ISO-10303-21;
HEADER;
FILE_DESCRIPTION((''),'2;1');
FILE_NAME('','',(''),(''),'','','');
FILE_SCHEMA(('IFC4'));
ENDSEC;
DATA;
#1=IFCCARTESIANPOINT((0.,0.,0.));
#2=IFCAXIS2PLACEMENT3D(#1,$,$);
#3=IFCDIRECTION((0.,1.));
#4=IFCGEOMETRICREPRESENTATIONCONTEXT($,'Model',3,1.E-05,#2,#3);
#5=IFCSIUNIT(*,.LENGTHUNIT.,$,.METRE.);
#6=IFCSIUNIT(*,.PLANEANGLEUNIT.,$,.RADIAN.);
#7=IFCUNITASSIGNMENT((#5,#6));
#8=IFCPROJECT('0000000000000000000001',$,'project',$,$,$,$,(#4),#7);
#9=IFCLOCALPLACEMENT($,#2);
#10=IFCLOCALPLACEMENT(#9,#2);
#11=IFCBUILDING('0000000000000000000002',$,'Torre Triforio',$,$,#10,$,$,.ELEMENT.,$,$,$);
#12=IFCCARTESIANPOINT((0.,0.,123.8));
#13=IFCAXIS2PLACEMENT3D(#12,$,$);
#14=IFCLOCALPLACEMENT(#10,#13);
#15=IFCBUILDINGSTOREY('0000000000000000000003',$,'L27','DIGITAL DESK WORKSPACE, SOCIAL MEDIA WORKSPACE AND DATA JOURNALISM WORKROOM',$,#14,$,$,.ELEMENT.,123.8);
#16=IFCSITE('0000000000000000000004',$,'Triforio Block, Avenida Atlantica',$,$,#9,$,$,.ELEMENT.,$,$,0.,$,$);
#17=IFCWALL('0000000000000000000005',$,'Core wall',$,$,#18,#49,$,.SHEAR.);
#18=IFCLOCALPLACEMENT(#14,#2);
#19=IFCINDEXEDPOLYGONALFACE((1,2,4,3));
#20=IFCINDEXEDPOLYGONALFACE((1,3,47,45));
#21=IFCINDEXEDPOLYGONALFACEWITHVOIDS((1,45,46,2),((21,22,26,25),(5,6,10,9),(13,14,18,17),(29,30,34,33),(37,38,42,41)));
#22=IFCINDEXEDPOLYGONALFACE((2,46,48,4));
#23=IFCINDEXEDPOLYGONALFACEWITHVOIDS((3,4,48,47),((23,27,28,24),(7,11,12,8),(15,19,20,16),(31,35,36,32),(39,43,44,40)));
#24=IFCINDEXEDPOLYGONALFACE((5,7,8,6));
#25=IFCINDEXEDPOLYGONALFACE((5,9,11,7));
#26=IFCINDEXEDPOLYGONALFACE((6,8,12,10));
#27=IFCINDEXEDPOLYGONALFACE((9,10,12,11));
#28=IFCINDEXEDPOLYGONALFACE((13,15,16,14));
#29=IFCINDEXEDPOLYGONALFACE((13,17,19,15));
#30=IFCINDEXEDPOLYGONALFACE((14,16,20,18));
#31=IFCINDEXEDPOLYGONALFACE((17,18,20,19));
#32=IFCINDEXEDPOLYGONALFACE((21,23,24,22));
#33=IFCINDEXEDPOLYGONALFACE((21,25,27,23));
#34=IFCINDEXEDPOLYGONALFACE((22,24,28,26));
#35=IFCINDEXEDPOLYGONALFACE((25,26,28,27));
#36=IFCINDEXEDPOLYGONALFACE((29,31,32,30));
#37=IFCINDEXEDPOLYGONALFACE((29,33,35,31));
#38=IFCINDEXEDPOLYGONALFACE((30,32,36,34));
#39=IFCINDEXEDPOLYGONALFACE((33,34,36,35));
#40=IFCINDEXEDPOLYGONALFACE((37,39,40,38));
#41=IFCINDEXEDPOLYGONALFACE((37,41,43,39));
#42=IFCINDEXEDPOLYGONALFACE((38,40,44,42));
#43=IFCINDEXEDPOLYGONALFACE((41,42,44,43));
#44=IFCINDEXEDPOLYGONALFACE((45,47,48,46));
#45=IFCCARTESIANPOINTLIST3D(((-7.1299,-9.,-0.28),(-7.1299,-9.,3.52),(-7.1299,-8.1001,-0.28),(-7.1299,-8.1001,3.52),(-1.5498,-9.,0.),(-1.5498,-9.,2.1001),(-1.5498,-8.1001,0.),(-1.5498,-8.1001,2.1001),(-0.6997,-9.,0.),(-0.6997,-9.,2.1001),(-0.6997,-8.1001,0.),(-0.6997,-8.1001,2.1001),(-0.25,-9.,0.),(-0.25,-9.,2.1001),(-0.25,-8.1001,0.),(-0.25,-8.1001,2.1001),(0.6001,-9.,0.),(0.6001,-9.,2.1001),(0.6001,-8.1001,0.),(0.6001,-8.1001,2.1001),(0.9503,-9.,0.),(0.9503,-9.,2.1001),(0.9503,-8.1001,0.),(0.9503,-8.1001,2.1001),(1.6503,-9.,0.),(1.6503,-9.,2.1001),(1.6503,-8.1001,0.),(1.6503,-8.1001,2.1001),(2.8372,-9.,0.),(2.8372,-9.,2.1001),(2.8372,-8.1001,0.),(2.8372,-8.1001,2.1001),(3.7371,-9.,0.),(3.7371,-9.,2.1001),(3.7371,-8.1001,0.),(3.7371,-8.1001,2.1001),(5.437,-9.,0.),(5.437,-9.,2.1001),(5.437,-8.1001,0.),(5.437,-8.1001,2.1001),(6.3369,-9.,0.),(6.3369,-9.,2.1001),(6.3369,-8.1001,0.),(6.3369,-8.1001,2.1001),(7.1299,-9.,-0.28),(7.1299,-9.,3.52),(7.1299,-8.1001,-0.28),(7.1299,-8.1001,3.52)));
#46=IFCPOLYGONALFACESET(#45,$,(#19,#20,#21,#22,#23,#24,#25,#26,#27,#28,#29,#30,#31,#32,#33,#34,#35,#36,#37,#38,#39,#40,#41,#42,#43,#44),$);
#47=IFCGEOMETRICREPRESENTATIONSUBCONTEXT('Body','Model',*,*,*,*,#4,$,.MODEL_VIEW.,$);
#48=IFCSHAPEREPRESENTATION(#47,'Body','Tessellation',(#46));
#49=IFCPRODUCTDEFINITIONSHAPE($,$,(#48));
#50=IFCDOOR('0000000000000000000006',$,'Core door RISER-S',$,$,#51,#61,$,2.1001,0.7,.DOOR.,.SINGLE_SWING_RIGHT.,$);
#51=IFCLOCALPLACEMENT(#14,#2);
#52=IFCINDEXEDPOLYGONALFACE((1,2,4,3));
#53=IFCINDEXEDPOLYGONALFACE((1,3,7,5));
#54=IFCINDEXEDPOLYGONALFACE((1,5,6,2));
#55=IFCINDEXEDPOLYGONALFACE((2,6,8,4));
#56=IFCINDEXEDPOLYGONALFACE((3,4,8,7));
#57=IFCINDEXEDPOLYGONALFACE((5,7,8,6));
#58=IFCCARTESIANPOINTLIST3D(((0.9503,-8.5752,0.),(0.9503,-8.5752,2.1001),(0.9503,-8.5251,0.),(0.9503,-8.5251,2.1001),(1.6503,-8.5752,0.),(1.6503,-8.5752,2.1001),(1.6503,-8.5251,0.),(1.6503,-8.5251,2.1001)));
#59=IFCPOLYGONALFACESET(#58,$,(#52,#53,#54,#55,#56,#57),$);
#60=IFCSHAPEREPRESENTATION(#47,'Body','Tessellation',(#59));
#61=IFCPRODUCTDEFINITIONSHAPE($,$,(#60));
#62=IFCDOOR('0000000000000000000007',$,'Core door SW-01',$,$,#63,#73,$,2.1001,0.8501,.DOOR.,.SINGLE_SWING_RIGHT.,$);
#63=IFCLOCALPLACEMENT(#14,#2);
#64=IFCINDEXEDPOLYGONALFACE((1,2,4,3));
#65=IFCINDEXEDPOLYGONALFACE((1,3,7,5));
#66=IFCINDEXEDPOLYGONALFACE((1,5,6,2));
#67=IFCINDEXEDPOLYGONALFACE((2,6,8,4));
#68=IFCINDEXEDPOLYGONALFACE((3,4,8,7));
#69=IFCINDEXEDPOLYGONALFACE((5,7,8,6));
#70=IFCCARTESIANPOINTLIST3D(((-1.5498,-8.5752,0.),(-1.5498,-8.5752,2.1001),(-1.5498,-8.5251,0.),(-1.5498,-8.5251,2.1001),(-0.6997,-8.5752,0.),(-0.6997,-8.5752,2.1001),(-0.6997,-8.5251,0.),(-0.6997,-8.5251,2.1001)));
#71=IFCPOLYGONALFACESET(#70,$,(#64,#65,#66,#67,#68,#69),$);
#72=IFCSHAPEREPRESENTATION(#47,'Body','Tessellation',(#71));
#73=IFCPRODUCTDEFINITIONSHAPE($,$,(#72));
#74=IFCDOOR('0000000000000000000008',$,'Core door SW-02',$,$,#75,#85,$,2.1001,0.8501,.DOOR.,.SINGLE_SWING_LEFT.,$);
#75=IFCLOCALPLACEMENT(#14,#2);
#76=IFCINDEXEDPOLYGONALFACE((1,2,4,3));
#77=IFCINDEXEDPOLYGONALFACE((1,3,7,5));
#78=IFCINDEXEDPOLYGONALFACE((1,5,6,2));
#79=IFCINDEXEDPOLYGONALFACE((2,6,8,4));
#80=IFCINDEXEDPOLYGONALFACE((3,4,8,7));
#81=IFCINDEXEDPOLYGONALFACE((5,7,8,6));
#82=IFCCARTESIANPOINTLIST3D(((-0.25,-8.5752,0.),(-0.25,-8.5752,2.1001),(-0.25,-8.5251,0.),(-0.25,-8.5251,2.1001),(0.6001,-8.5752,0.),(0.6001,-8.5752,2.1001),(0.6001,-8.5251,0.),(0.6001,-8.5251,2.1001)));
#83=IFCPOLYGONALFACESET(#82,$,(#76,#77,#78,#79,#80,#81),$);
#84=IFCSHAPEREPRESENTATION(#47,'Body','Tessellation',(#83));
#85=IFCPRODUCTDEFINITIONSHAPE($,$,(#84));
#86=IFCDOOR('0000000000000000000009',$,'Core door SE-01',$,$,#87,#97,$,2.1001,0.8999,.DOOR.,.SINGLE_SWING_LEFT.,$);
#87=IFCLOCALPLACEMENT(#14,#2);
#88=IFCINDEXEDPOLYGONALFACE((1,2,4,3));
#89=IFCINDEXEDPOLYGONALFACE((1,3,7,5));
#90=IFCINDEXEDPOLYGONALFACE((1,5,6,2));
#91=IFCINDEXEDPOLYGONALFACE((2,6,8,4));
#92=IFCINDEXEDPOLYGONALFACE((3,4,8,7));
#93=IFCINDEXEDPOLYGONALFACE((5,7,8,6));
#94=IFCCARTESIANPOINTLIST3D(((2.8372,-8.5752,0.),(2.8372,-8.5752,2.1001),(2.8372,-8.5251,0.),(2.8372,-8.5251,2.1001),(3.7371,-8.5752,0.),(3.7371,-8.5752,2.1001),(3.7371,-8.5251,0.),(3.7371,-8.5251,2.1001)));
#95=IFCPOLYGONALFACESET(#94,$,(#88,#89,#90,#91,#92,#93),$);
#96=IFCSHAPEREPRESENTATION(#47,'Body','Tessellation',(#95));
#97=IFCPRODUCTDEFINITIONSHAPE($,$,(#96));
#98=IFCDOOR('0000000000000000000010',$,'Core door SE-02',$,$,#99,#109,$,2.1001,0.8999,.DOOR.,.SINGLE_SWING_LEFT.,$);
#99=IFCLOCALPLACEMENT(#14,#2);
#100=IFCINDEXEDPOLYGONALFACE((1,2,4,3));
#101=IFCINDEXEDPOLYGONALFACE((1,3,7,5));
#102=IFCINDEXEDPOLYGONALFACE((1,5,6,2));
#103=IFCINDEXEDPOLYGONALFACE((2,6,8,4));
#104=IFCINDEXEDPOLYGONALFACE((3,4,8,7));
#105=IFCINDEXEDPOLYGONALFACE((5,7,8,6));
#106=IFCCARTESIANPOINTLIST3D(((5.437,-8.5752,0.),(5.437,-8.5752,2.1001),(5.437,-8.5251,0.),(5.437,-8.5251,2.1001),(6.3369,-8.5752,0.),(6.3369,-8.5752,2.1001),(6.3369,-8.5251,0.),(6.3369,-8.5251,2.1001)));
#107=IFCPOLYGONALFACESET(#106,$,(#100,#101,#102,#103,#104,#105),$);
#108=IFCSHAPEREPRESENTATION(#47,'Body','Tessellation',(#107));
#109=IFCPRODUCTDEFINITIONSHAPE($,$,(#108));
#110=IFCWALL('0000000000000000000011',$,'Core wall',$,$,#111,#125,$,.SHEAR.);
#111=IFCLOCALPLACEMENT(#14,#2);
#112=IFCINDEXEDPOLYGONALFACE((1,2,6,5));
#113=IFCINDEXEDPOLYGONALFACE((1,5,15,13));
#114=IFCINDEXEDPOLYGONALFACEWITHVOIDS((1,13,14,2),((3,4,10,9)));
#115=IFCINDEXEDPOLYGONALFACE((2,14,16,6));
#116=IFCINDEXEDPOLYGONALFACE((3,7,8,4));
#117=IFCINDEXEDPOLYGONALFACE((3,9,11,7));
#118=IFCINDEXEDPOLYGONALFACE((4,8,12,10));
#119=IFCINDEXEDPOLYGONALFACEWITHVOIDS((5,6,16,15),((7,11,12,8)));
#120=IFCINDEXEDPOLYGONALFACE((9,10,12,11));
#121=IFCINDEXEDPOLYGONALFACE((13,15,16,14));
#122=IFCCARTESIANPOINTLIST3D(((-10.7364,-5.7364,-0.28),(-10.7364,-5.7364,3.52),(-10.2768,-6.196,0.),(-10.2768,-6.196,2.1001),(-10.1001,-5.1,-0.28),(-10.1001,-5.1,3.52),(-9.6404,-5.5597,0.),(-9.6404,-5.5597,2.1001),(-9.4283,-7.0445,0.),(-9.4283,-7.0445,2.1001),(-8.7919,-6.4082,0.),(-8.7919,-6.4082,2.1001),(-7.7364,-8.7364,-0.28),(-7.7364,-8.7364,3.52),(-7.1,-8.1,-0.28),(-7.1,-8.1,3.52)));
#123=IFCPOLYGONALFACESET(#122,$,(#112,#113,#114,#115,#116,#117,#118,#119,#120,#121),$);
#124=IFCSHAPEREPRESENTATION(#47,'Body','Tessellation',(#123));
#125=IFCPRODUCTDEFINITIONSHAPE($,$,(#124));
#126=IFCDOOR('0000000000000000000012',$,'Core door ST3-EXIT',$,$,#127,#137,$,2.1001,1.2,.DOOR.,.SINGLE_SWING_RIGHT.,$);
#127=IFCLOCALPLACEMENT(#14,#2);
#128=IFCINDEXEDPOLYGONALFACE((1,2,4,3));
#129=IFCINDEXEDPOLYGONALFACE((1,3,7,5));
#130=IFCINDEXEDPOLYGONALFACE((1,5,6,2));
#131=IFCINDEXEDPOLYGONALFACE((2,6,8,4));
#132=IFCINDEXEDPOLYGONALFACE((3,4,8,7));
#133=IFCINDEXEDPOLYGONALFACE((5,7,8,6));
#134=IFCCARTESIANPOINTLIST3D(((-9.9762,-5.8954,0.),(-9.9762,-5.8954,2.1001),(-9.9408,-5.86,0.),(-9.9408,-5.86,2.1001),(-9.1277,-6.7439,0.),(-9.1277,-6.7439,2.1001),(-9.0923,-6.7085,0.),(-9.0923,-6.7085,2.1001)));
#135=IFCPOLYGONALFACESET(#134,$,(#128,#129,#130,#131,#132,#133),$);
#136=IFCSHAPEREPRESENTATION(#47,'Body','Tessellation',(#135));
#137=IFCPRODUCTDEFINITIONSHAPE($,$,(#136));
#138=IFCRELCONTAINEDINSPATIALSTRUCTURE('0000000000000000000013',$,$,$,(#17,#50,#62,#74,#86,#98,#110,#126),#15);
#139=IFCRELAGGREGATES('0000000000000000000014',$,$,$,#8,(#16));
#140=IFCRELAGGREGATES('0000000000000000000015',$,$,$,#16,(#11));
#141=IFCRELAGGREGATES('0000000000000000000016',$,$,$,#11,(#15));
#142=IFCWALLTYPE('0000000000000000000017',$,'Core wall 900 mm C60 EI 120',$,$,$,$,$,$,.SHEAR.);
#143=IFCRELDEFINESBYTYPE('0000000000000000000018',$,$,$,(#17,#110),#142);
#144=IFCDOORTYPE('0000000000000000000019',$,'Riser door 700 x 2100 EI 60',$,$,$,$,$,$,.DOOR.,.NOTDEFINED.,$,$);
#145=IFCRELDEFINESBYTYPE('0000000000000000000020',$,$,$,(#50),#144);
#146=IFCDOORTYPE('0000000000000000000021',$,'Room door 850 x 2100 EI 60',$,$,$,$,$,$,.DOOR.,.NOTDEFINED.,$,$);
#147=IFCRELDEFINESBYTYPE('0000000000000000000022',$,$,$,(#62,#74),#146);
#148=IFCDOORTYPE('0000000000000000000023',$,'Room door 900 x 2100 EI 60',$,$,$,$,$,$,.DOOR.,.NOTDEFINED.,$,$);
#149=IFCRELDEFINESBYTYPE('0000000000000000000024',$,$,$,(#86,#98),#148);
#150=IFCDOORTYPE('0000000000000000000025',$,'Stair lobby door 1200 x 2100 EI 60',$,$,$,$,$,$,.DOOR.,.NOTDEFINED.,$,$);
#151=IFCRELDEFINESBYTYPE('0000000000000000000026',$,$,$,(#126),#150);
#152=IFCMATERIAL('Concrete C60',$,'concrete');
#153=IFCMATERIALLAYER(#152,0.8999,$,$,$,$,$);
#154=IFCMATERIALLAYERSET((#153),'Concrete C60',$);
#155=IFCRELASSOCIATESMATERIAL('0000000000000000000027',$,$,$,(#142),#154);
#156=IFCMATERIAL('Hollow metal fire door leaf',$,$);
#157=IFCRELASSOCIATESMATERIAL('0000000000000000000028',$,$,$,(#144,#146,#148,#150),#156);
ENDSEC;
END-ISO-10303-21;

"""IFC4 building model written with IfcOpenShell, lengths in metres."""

from ifc_helpers import new_model, si_unit, direction, frame, frame_2d, origin, place, context, subcontext, project, spatial, rectangle, extrude, material, layer, layer_set, type_object, element, fill, save


model = new_model("IFC4")

# Units and contexts
model_context = context("Model", 3, precision=1e-05, world=origin(), true_north=direction((0.0, 1.0)))
body_context = subcontext(model_context, "Body", "Model", "MODEL_VIEW")
ifc_project = project(units=[si_unit("LENGTHUNIT", "METRE"), si_unit("PLANEANGLEUNIT", "RADIAN")], contexts=[model_context])

# Site, building, storey
site_placement = place(None, origin())
site = spatial("IfcSite", under=ifc_project, at=site_placement, Name="Triforio Block, Avenida Atlantica", CompositionType="ELEMENT", RefElevation=0.0)
building_placement = place(site_placement, origin())
building = spatial("IfcBuilding", under=site, at=building_placement, Name="Torre Triforio", CompositionType="ELEMENT")
storey_placement = place(building_placement, frame((0.0, 0.0, 123.8)))
storey = spatial("IfcBuildingStorey", under=building, at=storey_placement, Name="L27", Description="DIGITAL DESK WORKSPACE, SOCIAL MEDIA WORKSPACE AND DATA JOURNALISM WORKROOM", CompositionType="ELEMENT", Elevation=123.8)

# Shared definitions
ifc_material_1 = material(Name="Concrete C60", Category="concrete")

# Wall, openings, doors
ifc_layer_1 = layer(ifc_material_1, 0.8999)
ifc_layer_set_1 = layer_set([ifc_layer_1], Name="Concrete C60")
wall_type_1 = type_object("IfcWallType", Name="Core wall 900 mm C60 EI 120", PredefinedType="SHEAR", material=ifc_layer_set_1)
wall_1_placement = place(storey_placement, frame((-7.1299, -8.55, -0.28), z_axis=(0.0, 0.0, 1.0), x_axis=(1.0, 0.0, 0.0)))
wall_1 = element("IfcWall", 1, at=wall_1_placement, inside=storey, type_object=wall_type_1, Name="Core wall", PredefinedType="SHEAR", context=body_context, shape_type="SweptSolid", body=[
    extrude(rectangle(XDim=14.2598, YDim=0.8999, at=frame_2d((7.1299, 0.0))), origin(), (0.0, 0.0, 1.0), 3.8),
])
opening_1_placement = place(wall_1_placement, frame((8.0801, 0.0, 0.28)))
opening_1 = element("IfcOpeningElement", 2, at=opening_1_placement, cuts=wall_1, PredefinedType="OPENING", context=body_context, shape_type="SweptSolid", body=[
    extrude(rectangle(XDim=0.7, YDim=2.1001, at=frame_2d((0.3501, 1.05))), frame((0.0, 0.46, 0.0), z_axis=(0.0, -1.0, 0.0), x_axis=(1.0, 0.0, 0.0)), (0.0, 0.0, 1.0), 0.9199),
])
opening_2_placement = place(wall_1_placement, frame((5.5801, 0.0, 0.28)))
opening_2 = element("IfcOpeningElement", 3, at=opening_2_placement, cuts=wall_1, PredefinedType="OPENING", context=body_context, shape_type="SweptSolid", body=[
    extrude(rectangle(XDim=0.8501, YDim=2.1001, at=frame_2d((0.425, 1.05))), frame((0.0, 0.46, 0.0), z_axis=(0.0, -1.0, 0.0), x_axis=(1.0, 0.0, 0.0)), (0.0, 0.0, 1.0), 0.9199),
])
opening_3_placement = place(wall_1_placement, frame((6.8799, 0.0, 0.28)))
opening_3 = element("IfcOpeningElement", 4, at=opening_3_placement, cuts=wall_1, PredefinedType="OPENING", context=body_context, shape_type="SweptSolid", body=[
    extrude(rectangle(XDim=0.8501, YDim=2.1001, at=frame_2d((0.425, 1.05))), frame((0.0, 0.46, 0.0), z_axis=(0.0, -1.0, 0.0), x_axis=(1.0, 0.0, 0.0)), (0.0, 0.0, 1.0), 0.9199),
])
opening_4_placement = place(wall_1_placement, frame((9.967, 0.0, 0.28)))
opening_4 = element("IfcOpeningElement", 5, at=opening_4_placement, cuts=wall_1, PredefinedType="OPENING", context=body_context, shape_type="SweptSolid", body=[
    extrude(rectangle(XDim=0.8999, YDim=2.1001, at=frame_2d((0.45, 1.05))), frame((0.0, 0.46, 0.0), z_axis=(0.0, -1.0, 0.0), x_axis=(1.0, 0.0, 0.0)), (0.0, 0.0, 1.0), 0.9199),
])
opening_5_placement = place(wall_1_placement, frame((12.5669, 0.0, 0.28)))
opening_5 = element("IfcOpeningElement", 6, at=opening_5_placement, cuts=wall_1, PredefinedType="OPENING", context=body_context, shape_type="SweptSolid", body=[
    extrude(rectangle(XDim=0.8999, YDim=2.1001, at=frame_2d((0.45, 1.05))), frame((0.0, 0.46, 0.0), z_axis=(0.0, -1.0, 0.0), x_axis=(1.0, 0.0, 0.0)), (0.0, 0.0, 1.0), 0.9199),
])
ifc_material_2 = material(Name="Hollow metal fire door leaf")
door_type_1 = type_object("IfcDoorType", Name="Riser door 700 x 2100 EI 60", OperationType="NOTDEFINED", PredefinedType="DOOR", material=ifc_material_2)
door_1_placement = place(opening_1_placement, origin())
door_1 = element("IfcDoor", 7, at=door_1_placement, inside=storey, type_object=door_type_1, Name="Core door RISER-S", OperationType="SINGLE_SWING_RIGHT", OverallHeight=2.1001, OverallWidth=0.7, PredefinedType="DOOR", context=body_context, shape_type="SweptSolid", body=[
    extrude(rectangle(XDim=0.7, YDim=2.1001, at=frame_2d((0.3501, 1.05))), frame((0.0, 0.0249, 0.0), z_axis=(0.0, -1.0, 0.0), x_axis=(1.0, 0.0, 0.0)), (0.0, 0.0, 1.0), 0.05),
])
fill(opening_1, door_1)
door_type_2 = type_object("IfcDoorType", Name="Room door 850 x 2100 EI 60", OperationType="NOTDEFINED", PredefinedType="DOOR", material=ifc_material_2)
door_2_placement = place(opening_2_placement, origin())
door_2 = element("IfcDoor", 8, at=door_2_placement, inside=storey, type_object=door_type_2, Name="Core door SW-01", OperationType="SINGLE_SWING_RIGHT", OverallHeight=2.1001, OverallWidth=0.8501, PredefinedType="DOOR", context=body_context, shape_type="SweptSolid", body=[
    extrude(rectangle(XDim=0.8501, YDim=2.1001, at=frame_2d((0.425, 1.05))), frame((0.0, 0.0249, 0.0), z_axis=(0.0, -1.0, 0.0), x_axis=(1.0, 0.0, 0.0)), (0.0, 0.0, 1.0), 0.05),
])
fill(opening_2, door_2)
door_3_placement = place(opening_3_placement, origin())
door_3 = element("IfcDoor", 9, at=door_3_placement, inside=storey, type_object=door_type_2, Name="Core door SW-02", OperationType="SINGLE_SWING_LEFT", OverallHeight=2.1001, OverallWidth=0.8501, PredefinedType="DOOR", context=body_context, shape_type="SweptSolid", body=[
    extrude(rectangle(XDim=0.8501, YDim=2.1001, at=frame_2d((0.425, 1.05))), frame((0.0, 0.0249, 0.0), z_axis=(0.0, -1.0, 0.0), x_axis=(1.0, 0.0, 0.0)), (0.0, 0.0, 1.0), 0.05),
])
fill(opening_3, door_3)
door_type_3 = type_object("IfcDoorType", Name="Room door 900 x 2100 EI 60", OperationType="NOTDEFINED", PredefinedType="DOOR", material=ifc_material_2)
door_4_placement = place(opening_4_placement, origin())
door_4 = element("IfcDoor", 10, at=door_4_placement, inside=storey, type_object=door_type_3, Name="Core door SE-01", OperationType="SINGLE_SWING_LEFT", OverallHeight=2.1001, OverallWidth=0.8999, PredefinedType="DOOR", context=body_context, shape_type="SweptSolid", body=[
    extrude(rectangle(XDim=0.8999, YDim=2.1001, at=frame_2d((0.45, 1.05))), frame((0.0, 0.0249, 0.0), z_axis=(0.0, -1.0, 0.0), x_axis=(1.0, 0.0, 0.0)), (0.0, 0.0, 1.0), 0.05),
])
fill(opening_4, door_4)
door_5_placement = place(opening_5_placement, origin())
door_5 = element("IfcDoor", 11, at=door_5_placement, inside=storey, type_object=door_type_3, Name="Core door SE-02", OperationType="SINGLE_SWING_LEFT", OverallHeight=2.1001, OverallWidth=0.8999, PredefinedType="DOOR", context=body_context, shape_type="SweptSolid", body=[
    extrude(rectangle(XDim=0.8999, YDim=2.1001, at=frame_2d((0.45, 1.05))), frame((0.0, 0.0249, 0.0), z_axis=(0.0, -1.0, 0.0), x_axis=(1.0, 0.0, 0.0)), (0.0, 0.0, 1.0), 0.05),
])
fill(opening_5, door_5)

# Wall, opening, door
wall_2_placement = place(storey_placement, frame((-7.4182, -8.4182, -0.28), z_axis=(0.0, 0.0, 1.0), x_axis=(-0.707107, 0.707107, 0.0)))
wall_2 = element("IfcWall", 12, at=wall_2_placement, inside=storey, type_object=wall_type_1, Name="Core wall", PredefinedType="SHEAR", context=body_context, shape_type="SweptSolid", body=[
    extrude(rectangle(XDim=4.2427, YDim=0.8999, at=frame_2d((2.1213, 0.0))), origin(), (0.0, 0.0, 1.0), 3.8),
])
opening_6_placement = place(wall_2_placement, frame((2.3926, 0.0, 0.28)))
opening_6 = element("IfcOpeningElement", 13, at=opening_6_placement, cuts=wall_2, PredefinedType="OPENING", context=body_context, shape_type="SweptSolid", body=[
    extrude(rectangle(XDim=1.2, YDim=2.1001, at=frame_2d((0.6001, 1.05))), frame((0.0, 0.46, 0.0), z_axis=(0.0, -1.0, 0.0), x_axis=(1.0, 0.0, 0.0)), (0.0, 0.0, 1.0), 0.9199),
])
door_type_4 = type_object("IfcDoorType", Name="Stair lobby door 1200 x 2100 EI 60", OperationType="NOTDEFINED", PredefinedType="DOOR", material=ifc_material_2)
door_6_placement = place(opening_6_placement, origin())
door_6 = element("IfcDoor", 14, at=door_6_placement, inside=storey, type_object=door_type_4, Name="Core door ST3-EXIT", OperationType="SINGLE_SWING_RIGHT", OverallHeight=2.1001, OverallWidth=1.2, PredefinedType="DOOR", context=body_context, shape_type="SweptSolid", body=[
    extrude(rectangle(XDim=1.2, YDim=2.1001, at=frame_2d((0.6001, 1.05))), frame((0.0, 0.0249, 0.0), z_axis=(0.0, -1.0, 0.0), x_axis=(1.0, 0.0, 0.0)), (0.0, 0.0, 1.0), 0.05),
])
fill(opening_6, door_6)

save(model, "model.ifc")
